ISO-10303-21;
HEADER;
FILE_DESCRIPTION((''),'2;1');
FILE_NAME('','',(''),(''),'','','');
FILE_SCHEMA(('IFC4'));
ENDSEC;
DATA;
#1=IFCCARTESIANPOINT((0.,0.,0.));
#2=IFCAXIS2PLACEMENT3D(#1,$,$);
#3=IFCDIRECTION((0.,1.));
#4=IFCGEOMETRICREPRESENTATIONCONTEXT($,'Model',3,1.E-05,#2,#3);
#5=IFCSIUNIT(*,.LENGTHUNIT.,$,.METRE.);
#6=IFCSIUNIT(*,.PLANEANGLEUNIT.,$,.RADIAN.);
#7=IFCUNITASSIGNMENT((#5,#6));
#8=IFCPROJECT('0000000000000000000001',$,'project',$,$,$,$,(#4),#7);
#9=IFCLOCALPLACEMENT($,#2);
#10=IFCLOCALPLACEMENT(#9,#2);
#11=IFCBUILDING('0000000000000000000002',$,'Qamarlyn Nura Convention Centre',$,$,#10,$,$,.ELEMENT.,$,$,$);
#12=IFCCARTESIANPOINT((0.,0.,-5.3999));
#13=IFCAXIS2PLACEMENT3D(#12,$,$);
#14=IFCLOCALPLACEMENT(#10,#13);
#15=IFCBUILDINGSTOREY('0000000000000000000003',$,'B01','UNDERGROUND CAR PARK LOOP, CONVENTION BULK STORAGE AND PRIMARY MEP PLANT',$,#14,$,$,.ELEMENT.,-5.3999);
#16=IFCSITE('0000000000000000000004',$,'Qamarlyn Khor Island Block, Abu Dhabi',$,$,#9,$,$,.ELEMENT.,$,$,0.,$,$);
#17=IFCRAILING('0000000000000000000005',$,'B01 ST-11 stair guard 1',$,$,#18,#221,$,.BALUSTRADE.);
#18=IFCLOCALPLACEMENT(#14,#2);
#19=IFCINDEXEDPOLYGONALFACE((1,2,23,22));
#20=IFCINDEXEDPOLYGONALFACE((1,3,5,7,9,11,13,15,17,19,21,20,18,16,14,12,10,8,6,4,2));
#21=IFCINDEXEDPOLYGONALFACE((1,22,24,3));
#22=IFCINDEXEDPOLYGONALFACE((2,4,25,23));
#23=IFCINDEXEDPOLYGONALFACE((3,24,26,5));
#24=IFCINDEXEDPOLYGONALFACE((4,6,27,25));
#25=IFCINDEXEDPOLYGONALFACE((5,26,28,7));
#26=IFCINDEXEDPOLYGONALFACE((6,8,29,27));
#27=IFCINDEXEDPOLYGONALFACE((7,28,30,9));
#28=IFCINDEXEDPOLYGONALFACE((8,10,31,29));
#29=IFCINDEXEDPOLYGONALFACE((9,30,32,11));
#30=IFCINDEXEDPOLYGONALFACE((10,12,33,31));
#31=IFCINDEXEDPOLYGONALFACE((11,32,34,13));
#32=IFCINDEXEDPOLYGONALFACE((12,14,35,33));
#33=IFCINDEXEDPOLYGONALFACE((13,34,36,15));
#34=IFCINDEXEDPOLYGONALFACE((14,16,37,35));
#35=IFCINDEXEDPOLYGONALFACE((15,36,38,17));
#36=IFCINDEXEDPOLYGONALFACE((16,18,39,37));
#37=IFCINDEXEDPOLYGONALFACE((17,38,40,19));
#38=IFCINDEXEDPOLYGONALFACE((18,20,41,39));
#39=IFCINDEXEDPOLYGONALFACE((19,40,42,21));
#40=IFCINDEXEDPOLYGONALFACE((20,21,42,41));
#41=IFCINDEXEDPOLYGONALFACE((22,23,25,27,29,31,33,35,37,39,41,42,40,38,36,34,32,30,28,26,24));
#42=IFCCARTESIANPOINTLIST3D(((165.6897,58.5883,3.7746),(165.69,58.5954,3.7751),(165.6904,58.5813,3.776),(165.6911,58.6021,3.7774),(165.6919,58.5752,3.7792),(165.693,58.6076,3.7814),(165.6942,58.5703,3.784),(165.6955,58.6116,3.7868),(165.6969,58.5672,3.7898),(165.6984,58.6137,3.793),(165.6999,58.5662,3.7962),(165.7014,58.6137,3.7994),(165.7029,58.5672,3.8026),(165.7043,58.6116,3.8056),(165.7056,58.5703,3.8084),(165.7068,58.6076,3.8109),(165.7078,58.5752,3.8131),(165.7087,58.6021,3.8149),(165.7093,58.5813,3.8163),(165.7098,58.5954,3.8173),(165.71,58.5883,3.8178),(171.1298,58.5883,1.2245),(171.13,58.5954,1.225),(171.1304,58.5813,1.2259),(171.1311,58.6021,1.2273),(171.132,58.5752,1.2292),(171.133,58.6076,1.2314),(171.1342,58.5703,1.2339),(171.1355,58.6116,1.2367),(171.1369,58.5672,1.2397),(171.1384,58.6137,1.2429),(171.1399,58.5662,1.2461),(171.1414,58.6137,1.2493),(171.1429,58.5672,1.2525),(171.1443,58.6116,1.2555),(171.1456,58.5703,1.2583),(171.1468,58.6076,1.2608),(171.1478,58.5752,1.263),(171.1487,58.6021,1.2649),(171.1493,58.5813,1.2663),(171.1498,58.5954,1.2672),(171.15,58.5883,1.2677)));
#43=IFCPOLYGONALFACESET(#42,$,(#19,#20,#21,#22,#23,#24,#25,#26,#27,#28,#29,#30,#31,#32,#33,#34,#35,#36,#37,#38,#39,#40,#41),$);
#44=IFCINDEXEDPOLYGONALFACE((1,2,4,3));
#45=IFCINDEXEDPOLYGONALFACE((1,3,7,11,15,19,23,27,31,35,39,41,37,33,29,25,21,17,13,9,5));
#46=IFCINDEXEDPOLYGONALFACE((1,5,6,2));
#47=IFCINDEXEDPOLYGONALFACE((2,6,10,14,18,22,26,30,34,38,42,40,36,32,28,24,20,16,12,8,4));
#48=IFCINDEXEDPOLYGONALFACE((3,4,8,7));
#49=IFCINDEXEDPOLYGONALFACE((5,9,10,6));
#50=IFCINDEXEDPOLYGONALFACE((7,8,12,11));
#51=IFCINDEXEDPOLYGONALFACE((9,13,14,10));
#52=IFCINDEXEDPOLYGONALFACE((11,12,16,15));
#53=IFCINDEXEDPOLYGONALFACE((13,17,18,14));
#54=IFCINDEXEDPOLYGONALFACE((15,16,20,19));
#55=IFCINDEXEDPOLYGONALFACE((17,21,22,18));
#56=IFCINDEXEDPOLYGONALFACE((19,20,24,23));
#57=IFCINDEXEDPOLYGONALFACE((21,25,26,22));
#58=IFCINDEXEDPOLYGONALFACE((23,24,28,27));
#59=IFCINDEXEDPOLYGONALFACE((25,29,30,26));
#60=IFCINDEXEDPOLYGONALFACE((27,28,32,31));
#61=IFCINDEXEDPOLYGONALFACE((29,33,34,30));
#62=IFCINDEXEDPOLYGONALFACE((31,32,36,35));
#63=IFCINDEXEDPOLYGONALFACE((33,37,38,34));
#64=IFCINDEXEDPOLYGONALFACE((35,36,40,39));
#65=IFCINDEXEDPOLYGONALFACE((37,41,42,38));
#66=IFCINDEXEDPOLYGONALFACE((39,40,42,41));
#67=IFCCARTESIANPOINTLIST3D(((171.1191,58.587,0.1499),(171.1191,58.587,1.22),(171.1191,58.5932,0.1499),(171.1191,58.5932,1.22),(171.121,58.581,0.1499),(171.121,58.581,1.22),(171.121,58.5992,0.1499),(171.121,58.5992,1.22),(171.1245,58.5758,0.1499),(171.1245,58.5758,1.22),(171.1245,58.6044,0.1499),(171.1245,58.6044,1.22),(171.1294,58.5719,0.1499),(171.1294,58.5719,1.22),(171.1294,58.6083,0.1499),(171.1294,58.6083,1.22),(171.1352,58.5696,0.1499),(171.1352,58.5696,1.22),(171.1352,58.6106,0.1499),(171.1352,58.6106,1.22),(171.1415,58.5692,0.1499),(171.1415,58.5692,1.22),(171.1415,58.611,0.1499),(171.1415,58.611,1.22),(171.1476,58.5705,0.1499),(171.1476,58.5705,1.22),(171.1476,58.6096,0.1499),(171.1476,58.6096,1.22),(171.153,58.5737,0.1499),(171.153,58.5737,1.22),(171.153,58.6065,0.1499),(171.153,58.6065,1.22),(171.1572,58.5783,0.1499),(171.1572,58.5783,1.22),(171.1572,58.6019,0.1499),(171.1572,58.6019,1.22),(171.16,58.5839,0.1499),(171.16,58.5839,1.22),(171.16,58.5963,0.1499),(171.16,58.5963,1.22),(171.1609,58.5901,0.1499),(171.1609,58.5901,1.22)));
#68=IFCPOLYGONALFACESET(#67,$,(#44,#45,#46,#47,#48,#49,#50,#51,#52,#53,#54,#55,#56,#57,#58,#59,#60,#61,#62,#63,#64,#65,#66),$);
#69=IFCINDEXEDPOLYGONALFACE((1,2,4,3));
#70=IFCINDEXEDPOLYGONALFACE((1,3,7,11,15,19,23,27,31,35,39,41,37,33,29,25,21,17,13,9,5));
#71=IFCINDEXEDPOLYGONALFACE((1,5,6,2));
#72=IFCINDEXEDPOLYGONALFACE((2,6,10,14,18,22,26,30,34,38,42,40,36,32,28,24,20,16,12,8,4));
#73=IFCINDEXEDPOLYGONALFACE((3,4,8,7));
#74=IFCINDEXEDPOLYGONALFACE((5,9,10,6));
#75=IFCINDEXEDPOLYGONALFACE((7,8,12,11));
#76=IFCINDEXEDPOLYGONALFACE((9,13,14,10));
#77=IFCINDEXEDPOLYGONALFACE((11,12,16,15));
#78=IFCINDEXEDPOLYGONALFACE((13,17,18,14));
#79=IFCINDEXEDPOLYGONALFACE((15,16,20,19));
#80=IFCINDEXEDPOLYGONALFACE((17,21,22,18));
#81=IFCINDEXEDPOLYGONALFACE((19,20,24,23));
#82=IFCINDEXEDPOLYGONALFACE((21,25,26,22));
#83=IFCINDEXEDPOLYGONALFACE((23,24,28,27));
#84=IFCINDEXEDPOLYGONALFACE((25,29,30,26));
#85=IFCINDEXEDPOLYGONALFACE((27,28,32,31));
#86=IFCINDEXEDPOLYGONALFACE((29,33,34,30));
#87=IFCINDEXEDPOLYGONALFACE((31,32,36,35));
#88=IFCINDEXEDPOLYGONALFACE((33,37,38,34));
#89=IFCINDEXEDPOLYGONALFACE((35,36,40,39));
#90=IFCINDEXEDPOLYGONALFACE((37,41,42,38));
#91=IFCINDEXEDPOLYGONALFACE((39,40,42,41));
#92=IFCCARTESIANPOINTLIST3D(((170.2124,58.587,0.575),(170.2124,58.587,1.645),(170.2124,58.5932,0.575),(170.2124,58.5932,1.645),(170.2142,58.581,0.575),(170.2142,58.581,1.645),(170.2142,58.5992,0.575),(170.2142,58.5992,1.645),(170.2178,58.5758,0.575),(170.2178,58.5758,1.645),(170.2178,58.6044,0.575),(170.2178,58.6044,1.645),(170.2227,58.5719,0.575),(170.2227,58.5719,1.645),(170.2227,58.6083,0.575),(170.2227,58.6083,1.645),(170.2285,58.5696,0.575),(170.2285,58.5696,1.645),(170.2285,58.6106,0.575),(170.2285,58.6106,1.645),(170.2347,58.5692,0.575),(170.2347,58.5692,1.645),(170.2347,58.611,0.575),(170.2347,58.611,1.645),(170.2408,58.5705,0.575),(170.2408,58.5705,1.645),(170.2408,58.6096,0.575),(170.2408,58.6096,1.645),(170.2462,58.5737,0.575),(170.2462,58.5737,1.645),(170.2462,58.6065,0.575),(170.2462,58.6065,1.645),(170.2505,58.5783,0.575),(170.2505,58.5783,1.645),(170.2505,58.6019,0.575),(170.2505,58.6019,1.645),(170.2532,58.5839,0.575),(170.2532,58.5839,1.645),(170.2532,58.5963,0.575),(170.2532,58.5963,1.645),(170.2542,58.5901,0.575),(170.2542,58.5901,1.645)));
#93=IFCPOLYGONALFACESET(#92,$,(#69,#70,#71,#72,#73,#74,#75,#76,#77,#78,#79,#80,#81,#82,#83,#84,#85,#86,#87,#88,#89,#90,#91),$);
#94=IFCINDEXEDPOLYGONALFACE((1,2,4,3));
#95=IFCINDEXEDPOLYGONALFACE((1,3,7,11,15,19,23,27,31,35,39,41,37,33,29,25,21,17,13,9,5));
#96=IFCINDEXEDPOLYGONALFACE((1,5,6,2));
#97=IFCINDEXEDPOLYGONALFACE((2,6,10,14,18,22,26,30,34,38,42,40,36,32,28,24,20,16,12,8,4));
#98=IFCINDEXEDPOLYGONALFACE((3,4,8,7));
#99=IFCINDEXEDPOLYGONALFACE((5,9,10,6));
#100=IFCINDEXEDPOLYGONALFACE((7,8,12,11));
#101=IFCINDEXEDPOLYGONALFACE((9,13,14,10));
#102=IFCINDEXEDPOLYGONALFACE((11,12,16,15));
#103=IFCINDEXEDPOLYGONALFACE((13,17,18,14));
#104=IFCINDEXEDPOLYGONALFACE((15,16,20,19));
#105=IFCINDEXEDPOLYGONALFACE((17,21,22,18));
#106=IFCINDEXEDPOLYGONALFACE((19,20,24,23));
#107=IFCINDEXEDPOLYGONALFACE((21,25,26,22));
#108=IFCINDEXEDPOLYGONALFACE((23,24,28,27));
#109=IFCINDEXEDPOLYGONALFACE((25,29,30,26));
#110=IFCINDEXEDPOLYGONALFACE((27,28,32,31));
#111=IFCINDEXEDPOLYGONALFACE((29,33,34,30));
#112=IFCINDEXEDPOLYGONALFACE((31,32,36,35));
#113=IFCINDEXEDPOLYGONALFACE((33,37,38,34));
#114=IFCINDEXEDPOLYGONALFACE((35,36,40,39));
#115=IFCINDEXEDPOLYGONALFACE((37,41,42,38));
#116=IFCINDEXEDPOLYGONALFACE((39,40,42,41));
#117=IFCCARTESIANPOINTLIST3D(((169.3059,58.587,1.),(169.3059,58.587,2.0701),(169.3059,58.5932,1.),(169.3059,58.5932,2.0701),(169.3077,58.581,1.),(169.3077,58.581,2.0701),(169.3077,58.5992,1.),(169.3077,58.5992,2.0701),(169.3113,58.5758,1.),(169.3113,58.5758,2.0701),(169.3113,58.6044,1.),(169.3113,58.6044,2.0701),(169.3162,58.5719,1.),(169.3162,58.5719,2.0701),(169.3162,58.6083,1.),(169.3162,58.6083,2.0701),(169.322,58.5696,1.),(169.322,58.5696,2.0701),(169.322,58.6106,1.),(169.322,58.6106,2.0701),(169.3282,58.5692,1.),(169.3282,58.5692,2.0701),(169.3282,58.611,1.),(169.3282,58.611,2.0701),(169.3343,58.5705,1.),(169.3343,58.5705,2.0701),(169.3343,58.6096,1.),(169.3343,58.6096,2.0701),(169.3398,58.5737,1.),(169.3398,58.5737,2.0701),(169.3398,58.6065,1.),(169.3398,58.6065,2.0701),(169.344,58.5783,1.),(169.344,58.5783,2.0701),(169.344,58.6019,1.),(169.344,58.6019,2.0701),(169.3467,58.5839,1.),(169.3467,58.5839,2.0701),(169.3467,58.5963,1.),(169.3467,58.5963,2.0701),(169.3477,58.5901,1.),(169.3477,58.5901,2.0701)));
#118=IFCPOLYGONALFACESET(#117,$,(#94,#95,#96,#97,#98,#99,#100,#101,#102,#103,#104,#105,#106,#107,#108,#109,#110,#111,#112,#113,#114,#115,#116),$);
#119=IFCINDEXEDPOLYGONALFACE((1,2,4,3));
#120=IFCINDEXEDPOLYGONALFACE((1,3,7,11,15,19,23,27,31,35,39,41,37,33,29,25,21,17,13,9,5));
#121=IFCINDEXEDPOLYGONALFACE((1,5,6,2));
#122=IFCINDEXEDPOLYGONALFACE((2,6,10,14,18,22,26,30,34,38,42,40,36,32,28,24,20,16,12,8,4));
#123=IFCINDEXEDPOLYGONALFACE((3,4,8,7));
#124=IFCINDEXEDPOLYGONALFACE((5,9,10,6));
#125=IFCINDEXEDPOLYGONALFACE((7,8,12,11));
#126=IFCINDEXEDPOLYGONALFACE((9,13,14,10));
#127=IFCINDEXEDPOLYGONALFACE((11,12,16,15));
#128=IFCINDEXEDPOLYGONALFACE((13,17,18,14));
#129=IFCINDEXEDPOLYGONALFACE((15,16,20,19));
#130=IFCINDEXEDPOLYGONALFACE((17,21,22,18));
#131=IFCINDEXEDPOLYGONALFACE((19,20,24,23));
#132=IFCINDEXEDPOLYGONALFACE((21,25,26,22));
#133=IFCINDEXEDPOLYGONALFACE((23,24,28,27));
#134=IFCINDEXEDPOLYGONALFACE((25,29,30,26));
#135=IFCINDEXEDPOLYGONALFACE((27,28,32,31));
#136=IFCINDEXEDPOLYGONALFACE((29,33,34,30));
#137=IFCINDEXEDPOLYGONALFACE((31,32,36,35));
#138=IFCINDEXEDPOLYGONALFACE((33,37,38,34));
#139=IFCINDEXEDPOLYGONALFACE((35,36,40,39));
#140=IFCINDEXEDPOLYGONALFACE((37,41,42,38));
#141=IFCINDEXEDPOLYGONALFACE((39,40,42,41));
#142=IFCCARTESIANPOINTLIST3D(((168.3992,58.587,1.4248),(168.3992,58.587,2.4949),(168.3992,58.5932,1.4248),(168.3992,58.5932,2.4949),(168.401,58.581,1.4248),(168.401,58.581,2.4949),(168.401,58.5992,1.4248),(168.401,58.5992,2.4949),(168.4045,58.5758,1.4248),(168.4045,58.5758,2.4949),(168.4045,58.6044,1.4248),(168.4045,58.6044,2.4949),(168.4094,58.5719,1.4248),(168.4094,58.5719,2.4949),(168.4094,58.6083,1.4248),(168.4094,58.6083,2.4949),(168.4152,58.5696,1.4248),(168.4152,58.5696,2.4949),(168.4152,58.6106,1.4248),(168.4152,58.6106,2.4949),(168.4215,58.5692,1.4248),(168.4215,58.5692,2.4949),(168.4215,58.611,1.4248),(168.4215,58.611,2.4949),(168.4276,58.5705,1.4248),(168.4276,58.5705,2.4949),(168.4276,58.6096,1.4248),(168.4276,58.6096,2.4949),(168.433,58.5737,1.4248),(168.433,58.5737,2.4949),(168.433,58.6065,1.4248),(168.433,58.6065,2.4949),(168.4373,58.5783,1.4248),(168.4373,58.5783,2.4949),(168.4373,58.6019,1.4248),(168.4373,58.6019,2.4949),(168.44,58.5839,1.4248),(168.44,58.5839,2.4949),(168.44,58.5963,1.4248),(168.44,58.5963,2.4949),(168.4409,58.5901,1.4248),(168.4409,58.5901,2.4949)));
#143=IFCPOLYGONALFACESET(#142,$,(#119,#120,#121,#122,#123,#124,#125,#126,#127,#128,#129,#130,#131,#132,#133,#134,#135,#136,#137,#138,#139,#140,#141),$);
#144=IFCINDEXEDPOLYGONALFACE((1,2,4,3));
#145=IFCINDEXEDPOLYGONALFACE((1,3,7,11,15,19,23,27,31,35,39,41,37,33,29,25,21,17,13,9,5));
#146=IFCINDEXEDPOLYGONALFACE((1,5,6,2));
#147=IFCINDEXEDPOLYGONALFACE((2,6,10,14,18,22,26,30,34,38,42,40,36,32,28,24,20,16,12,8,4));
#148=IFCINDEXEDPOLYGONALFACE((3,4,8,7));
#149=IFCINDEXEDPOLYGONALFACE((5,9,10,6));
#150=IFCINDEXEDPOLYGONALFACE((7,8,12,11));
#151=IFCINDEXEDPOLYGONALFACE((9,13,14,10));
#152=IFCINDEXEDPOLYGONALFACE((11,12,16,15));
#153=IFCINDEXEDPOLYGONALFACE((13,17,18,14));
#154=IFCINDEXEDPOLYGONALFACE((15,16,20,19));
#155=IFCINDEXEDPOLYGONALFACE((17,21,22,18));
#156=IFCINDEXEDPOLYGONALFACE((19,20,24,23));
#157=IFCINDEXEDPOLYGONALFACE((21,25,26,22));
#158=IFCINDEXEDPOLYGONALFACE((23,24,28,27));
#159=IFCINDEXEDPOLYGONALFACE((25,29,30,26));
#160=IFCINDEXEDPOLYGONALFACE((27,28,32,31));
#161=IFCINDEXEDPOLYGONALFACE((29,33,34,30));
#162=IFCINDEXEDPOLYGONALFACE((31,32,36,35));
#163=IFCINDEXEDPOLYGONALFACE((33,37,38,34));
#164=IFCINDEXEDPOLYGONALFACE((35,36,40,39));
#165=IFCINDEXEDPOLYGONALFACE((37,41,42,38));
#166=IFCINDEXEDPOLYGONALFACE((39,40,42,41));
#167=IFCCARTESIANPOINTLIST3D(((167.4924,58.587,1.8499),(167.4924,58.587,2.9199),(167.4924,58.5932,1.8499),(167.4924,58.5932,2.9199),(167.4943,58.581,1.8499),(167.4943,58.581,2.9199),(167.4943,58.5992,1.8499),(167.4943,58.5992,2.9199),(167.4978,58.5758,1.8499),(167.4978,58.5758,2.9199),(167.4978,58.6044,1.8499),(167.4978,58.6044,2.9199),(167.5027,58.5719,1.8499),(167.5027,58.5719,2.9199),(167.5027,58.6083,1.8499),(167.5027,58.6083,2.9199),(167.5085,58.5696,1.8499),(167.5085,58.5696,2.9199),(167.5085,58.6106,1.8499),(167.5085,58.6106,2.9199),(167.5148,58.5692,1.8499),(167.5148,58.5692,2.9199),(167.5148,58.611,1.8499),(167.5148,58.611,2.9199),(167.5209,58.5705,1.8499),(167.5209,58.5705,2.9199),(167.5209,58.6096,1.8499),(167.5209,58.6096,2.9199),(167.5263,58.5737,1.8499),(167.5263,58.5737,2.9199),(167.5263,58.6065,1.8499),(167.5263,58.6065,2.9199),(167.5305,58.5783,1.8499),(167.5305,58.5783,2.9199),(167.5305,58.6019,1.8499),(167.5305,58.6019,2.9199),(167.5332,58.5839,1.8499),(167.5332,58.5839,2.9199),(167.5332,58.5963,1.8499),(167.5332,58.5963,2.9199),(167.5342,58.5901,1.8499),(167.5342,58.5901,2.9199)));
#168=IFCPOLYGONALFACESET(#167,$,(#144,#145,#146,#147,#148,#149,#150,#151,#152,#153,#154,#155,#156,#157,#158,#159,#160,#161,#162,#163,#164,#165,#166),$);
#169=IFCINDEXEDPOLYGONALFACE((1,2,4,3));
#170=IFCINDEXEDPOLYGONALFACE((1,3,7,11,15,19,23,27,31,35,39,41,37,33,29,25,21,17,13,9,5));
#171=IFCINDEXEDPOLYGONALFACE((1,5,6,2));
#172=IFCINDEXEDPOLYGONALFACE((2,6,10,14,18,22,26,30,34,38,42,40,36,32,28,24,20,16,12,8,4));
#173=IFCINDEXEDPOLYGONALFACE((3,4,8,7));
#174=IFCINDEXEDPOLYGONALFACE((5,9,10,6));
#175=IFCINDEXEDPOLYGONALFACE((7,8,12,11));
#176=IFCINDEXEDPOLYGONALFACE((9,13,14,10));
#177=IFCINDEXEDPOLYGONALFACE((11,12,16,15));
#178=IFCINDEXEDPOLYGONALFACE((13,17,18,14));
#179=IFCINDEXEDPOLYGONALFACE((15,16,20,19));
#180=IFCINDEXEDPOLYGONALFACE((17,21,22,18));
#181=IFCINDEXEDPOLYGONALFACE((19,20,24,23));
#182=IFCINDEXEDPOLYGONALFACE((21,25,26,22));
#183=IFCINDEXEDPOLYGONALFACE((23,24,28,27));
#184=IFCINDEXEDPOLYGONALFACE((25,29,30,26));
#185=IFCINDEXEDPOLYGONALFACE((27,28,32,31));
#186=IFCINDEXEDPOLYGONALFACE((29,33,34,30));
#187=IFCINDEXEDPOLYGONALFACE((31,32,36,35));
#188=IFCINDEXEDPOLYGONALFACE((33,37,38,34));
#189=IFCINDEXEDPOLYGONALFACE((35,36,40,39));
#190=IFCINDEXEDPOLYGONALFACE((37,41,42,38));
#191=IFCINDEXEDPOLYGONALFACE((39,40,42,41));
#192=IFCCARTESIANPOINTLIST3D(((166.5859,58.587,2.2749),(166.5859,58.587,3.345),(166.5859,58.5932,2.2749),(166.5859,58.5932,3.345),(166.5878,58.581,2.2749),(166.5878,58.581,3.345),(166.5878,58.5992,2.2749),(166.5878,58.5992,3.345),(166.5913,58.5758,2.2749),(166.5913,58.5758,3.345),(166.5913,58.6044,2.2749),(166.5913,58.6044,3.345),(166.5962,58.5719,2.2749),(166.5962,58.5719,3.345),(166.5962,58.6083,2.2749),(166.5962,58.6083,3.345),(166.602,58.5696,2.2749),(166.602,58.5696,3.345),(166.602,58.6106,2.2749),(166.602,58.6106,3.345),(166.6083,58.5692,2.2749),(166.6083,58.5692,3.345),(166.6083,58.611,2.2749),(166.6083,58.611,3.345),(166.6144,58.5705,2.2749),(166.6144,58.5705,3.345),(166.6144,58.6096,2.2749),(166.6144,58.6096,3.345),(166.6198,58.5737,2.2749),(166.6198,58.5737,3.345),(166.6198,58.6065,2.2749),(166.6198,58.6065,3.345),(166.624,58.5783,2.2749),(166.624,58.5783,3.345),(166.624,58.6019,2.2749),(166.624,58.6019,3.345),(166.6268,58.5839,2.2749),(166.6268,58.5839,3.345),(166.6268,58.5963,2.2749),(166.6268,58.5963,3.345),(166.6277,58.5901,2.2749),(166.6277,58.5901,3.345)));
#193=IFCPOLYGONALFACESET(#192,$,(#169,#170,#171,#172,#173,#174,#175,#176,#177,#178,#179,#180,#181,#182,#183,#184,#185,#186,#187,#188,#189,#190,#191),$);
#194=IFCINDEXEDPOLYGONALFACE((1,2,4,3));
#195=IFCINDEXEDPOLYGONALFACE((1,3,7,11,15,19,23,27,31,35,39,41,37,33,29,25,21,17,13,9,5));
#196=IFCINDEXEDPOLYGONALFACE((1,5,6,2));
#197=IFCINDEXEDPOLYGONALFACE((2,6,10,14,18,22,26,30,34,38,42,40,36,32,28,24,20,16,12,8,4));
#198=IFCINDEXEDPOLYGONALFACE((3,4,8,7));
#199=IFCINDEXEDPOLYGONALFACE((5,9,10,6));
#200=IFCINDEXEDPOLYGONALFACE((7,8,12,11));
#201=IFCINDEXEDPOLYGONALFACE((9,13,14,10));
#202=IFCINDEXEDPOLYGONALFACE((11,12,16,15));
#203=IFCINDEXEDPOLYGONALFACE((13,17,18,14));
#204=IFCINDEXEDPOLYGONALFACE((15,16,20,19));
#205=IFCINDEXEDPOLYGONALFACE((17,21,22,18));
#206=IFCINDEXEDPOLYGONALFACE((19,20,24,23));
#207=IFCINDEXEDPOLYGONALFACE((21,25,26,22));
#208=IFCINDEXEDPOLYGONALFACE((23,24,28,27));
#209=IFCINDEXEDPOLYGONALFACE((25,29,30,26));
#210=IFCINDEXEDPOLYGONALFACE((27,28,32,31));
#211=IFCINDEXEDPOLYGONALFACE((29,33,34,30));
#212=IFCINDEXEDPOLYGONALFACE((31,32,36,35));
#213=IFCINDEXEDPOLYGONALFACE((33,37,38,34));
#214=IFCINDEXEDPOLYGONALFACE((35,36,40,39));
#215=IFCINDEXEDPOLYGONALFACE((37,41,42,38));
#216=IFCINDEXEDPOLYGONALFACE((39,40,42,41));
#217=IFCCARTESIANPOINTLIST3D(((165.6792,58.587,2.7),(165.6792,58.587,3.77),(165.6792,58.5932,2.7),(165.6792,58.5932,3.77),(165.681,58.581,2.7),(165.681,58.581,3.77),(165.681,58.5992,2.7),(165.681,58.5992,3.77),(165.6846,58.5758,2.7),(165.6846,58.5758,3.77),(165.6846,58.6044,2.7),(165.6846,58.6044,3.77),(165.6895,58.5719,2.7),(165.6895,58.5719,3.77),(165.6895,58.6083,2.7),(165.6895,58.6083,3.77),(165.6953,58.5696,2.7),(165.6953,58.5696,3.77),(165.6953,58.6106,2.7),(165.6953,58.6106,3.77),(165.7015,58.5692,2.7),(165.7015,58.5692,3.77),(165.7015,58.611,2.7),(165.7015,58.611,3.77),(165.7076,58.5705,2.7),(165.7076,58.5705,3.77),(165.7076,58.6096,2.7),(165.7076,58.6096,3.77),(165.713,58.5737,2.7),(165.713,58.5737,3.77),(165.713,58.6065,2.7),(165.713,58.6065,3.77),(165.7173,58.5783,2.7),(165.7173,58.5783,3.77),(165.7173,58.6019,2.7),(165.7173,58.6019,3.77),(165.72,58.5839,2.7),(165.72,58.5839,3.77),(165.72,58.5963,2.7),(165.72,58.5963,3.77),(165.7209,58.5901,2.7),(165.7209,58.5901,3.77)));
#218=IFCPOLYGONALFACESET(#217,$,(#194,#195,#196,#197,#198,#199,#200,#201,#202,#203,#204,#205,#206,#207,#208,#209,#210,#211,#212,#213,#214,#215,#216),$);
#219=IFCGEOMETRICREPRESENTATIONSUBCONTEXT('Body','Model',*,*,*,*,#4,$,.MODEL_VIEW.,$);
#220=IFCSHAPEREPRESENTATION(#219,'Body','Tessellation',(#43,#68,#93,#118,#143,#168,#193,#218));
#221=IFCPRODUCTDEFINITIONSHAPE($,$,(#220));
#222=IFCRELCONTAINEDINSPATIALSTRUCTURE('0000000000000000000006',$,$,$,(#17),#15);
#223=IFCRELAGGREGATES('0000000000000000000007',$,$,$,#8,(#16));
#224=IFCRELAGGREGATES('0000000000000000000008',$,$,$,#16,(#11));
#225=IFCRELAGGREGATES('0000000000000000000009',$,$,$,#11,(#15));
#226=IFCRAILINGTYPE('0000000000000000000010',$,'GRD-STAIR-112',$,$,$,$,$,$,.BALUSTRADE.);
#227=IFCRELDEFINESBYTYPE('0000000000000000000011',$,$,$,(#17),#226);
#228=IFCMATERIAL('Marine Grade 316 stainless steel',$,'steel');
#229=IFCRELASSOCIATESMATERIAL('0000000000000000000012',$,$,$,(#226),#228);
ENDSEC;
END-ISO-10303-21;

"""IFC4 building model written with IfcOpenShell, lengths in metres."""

from ifc_helpers import new_model, si_unit, direction, frame, origin, origin_2d, place, context, subcontext, project, spatial, circle, extrude, material, type_object, element, save


model = new_model("IFC4")

# Units and contexts
model_context = context("Model", 3, precision=1e-05, world=origin(), true_north=direction((0.0, 1.0)))
body_context = subcontext(model_context, "Body", "Model", "MODEL_VIEW")
ifc_project = project(units=[si_unit("LENGTHUNIT", "METRE"), si_unit("PLANEANGLEUNIT", "RADIAN")], contexts=[model_context])

# Site, building, storey
site_placement = place(None, origin())
site = spatial("IfcSite", under=ifc_project, at=site_placement, Name="Qamarlyn Khor Island Block, Abu Dhabi", CompositionType="ELEMENT", RefElevation=0.0)
building_placement = place(site_placement, origin())
building = spatial("IfcBuilding", under=site, at=building_placement, Name="Qamarlyn Nura Convention Centre", CompositionType="ELEMENT")
storey_placement = place(building_placement, frame((0.0, 0.0, -5.3999)))
storey = spatial("IfcBuildingStorey", under=building, at=storey_placement, Name="B01", Description="UNDERGROUND CAR PARK LOOP, CONVENTION BULK STORAGE AND PRIMARY MEP PLANT", CompositionType="ELEMENT", Elevation=-5.3999)

# Shared definitions
ifc_material_1 = material(Name="Marine Grade 316 stainless steel", Category="steel")

# Railing
railing_type_1 = type_object("IfcRailingType", Name="GRD-STAIR-112", PredefinedType="BALUSTRADE", material=ifc_material_1)
railing_1_placement = place(storey_placement, frame((171.1399, 58.5901, 0.1499)))
element("IfcRailing", 1, at=railing_1_placement, inside=storey, type_object=railing_type_1, Name="B01 ST-11 stair guard 1", PredefinedType="BALUSTRADE", context=body_context, shape_type="SweptSolid", body=[
    extrude(circle(Radius=0.0239, at=origin_2d()), frame((0.0, 0.0, 1.0962), z_axis=(-0.905454, 0.0, 0.424444), x_axis=(0.0, -1.0, 0.0)), (0.0, 0.0, 1.0), 6.0081),
    extrude(circle(Radius=0.021, at=origin_2d()), origin(), (0.0, 0.0, 1.0), 1.0701),
    extrude(circle(Radius=0.021, at=origin_2d()), frame((-0.9067, 0.0, 0.425)), (0.0, 0.0, 1.0), 1.0701),
    extrude(circle(Radius=0.021, at=origin_2d()), frame((-1.8132, 0.0, 0.8501)), (0.0, 0.0, 1.0), 1.0701),
    extrude(circle(Radius=0.021, at=origin_2d()), frame((-2.72, 0.0, 1.2749)), (0.0, 0.0, 1.0), 1.0701),
    extrude(circle(Radius=0.021, at=origin_2d()), frame((-3.6267, 0.0, 1.7)), (0.0, 0.0, 1.0), 1.0701),
    extrude(circle(Radius=0.021, at=origin_2d()), frame((-4.5332, 0.0, 2.125)), (0.0, 0.0, 1.0), 1.0701),
    extrude(circle(Radius=0.021, at=origin_2d()), frame((-5.4399, 0.0, 2.55)), (0.0, 0.0, 1.0), 1.0701),
])

save(model, "model.ifc")
